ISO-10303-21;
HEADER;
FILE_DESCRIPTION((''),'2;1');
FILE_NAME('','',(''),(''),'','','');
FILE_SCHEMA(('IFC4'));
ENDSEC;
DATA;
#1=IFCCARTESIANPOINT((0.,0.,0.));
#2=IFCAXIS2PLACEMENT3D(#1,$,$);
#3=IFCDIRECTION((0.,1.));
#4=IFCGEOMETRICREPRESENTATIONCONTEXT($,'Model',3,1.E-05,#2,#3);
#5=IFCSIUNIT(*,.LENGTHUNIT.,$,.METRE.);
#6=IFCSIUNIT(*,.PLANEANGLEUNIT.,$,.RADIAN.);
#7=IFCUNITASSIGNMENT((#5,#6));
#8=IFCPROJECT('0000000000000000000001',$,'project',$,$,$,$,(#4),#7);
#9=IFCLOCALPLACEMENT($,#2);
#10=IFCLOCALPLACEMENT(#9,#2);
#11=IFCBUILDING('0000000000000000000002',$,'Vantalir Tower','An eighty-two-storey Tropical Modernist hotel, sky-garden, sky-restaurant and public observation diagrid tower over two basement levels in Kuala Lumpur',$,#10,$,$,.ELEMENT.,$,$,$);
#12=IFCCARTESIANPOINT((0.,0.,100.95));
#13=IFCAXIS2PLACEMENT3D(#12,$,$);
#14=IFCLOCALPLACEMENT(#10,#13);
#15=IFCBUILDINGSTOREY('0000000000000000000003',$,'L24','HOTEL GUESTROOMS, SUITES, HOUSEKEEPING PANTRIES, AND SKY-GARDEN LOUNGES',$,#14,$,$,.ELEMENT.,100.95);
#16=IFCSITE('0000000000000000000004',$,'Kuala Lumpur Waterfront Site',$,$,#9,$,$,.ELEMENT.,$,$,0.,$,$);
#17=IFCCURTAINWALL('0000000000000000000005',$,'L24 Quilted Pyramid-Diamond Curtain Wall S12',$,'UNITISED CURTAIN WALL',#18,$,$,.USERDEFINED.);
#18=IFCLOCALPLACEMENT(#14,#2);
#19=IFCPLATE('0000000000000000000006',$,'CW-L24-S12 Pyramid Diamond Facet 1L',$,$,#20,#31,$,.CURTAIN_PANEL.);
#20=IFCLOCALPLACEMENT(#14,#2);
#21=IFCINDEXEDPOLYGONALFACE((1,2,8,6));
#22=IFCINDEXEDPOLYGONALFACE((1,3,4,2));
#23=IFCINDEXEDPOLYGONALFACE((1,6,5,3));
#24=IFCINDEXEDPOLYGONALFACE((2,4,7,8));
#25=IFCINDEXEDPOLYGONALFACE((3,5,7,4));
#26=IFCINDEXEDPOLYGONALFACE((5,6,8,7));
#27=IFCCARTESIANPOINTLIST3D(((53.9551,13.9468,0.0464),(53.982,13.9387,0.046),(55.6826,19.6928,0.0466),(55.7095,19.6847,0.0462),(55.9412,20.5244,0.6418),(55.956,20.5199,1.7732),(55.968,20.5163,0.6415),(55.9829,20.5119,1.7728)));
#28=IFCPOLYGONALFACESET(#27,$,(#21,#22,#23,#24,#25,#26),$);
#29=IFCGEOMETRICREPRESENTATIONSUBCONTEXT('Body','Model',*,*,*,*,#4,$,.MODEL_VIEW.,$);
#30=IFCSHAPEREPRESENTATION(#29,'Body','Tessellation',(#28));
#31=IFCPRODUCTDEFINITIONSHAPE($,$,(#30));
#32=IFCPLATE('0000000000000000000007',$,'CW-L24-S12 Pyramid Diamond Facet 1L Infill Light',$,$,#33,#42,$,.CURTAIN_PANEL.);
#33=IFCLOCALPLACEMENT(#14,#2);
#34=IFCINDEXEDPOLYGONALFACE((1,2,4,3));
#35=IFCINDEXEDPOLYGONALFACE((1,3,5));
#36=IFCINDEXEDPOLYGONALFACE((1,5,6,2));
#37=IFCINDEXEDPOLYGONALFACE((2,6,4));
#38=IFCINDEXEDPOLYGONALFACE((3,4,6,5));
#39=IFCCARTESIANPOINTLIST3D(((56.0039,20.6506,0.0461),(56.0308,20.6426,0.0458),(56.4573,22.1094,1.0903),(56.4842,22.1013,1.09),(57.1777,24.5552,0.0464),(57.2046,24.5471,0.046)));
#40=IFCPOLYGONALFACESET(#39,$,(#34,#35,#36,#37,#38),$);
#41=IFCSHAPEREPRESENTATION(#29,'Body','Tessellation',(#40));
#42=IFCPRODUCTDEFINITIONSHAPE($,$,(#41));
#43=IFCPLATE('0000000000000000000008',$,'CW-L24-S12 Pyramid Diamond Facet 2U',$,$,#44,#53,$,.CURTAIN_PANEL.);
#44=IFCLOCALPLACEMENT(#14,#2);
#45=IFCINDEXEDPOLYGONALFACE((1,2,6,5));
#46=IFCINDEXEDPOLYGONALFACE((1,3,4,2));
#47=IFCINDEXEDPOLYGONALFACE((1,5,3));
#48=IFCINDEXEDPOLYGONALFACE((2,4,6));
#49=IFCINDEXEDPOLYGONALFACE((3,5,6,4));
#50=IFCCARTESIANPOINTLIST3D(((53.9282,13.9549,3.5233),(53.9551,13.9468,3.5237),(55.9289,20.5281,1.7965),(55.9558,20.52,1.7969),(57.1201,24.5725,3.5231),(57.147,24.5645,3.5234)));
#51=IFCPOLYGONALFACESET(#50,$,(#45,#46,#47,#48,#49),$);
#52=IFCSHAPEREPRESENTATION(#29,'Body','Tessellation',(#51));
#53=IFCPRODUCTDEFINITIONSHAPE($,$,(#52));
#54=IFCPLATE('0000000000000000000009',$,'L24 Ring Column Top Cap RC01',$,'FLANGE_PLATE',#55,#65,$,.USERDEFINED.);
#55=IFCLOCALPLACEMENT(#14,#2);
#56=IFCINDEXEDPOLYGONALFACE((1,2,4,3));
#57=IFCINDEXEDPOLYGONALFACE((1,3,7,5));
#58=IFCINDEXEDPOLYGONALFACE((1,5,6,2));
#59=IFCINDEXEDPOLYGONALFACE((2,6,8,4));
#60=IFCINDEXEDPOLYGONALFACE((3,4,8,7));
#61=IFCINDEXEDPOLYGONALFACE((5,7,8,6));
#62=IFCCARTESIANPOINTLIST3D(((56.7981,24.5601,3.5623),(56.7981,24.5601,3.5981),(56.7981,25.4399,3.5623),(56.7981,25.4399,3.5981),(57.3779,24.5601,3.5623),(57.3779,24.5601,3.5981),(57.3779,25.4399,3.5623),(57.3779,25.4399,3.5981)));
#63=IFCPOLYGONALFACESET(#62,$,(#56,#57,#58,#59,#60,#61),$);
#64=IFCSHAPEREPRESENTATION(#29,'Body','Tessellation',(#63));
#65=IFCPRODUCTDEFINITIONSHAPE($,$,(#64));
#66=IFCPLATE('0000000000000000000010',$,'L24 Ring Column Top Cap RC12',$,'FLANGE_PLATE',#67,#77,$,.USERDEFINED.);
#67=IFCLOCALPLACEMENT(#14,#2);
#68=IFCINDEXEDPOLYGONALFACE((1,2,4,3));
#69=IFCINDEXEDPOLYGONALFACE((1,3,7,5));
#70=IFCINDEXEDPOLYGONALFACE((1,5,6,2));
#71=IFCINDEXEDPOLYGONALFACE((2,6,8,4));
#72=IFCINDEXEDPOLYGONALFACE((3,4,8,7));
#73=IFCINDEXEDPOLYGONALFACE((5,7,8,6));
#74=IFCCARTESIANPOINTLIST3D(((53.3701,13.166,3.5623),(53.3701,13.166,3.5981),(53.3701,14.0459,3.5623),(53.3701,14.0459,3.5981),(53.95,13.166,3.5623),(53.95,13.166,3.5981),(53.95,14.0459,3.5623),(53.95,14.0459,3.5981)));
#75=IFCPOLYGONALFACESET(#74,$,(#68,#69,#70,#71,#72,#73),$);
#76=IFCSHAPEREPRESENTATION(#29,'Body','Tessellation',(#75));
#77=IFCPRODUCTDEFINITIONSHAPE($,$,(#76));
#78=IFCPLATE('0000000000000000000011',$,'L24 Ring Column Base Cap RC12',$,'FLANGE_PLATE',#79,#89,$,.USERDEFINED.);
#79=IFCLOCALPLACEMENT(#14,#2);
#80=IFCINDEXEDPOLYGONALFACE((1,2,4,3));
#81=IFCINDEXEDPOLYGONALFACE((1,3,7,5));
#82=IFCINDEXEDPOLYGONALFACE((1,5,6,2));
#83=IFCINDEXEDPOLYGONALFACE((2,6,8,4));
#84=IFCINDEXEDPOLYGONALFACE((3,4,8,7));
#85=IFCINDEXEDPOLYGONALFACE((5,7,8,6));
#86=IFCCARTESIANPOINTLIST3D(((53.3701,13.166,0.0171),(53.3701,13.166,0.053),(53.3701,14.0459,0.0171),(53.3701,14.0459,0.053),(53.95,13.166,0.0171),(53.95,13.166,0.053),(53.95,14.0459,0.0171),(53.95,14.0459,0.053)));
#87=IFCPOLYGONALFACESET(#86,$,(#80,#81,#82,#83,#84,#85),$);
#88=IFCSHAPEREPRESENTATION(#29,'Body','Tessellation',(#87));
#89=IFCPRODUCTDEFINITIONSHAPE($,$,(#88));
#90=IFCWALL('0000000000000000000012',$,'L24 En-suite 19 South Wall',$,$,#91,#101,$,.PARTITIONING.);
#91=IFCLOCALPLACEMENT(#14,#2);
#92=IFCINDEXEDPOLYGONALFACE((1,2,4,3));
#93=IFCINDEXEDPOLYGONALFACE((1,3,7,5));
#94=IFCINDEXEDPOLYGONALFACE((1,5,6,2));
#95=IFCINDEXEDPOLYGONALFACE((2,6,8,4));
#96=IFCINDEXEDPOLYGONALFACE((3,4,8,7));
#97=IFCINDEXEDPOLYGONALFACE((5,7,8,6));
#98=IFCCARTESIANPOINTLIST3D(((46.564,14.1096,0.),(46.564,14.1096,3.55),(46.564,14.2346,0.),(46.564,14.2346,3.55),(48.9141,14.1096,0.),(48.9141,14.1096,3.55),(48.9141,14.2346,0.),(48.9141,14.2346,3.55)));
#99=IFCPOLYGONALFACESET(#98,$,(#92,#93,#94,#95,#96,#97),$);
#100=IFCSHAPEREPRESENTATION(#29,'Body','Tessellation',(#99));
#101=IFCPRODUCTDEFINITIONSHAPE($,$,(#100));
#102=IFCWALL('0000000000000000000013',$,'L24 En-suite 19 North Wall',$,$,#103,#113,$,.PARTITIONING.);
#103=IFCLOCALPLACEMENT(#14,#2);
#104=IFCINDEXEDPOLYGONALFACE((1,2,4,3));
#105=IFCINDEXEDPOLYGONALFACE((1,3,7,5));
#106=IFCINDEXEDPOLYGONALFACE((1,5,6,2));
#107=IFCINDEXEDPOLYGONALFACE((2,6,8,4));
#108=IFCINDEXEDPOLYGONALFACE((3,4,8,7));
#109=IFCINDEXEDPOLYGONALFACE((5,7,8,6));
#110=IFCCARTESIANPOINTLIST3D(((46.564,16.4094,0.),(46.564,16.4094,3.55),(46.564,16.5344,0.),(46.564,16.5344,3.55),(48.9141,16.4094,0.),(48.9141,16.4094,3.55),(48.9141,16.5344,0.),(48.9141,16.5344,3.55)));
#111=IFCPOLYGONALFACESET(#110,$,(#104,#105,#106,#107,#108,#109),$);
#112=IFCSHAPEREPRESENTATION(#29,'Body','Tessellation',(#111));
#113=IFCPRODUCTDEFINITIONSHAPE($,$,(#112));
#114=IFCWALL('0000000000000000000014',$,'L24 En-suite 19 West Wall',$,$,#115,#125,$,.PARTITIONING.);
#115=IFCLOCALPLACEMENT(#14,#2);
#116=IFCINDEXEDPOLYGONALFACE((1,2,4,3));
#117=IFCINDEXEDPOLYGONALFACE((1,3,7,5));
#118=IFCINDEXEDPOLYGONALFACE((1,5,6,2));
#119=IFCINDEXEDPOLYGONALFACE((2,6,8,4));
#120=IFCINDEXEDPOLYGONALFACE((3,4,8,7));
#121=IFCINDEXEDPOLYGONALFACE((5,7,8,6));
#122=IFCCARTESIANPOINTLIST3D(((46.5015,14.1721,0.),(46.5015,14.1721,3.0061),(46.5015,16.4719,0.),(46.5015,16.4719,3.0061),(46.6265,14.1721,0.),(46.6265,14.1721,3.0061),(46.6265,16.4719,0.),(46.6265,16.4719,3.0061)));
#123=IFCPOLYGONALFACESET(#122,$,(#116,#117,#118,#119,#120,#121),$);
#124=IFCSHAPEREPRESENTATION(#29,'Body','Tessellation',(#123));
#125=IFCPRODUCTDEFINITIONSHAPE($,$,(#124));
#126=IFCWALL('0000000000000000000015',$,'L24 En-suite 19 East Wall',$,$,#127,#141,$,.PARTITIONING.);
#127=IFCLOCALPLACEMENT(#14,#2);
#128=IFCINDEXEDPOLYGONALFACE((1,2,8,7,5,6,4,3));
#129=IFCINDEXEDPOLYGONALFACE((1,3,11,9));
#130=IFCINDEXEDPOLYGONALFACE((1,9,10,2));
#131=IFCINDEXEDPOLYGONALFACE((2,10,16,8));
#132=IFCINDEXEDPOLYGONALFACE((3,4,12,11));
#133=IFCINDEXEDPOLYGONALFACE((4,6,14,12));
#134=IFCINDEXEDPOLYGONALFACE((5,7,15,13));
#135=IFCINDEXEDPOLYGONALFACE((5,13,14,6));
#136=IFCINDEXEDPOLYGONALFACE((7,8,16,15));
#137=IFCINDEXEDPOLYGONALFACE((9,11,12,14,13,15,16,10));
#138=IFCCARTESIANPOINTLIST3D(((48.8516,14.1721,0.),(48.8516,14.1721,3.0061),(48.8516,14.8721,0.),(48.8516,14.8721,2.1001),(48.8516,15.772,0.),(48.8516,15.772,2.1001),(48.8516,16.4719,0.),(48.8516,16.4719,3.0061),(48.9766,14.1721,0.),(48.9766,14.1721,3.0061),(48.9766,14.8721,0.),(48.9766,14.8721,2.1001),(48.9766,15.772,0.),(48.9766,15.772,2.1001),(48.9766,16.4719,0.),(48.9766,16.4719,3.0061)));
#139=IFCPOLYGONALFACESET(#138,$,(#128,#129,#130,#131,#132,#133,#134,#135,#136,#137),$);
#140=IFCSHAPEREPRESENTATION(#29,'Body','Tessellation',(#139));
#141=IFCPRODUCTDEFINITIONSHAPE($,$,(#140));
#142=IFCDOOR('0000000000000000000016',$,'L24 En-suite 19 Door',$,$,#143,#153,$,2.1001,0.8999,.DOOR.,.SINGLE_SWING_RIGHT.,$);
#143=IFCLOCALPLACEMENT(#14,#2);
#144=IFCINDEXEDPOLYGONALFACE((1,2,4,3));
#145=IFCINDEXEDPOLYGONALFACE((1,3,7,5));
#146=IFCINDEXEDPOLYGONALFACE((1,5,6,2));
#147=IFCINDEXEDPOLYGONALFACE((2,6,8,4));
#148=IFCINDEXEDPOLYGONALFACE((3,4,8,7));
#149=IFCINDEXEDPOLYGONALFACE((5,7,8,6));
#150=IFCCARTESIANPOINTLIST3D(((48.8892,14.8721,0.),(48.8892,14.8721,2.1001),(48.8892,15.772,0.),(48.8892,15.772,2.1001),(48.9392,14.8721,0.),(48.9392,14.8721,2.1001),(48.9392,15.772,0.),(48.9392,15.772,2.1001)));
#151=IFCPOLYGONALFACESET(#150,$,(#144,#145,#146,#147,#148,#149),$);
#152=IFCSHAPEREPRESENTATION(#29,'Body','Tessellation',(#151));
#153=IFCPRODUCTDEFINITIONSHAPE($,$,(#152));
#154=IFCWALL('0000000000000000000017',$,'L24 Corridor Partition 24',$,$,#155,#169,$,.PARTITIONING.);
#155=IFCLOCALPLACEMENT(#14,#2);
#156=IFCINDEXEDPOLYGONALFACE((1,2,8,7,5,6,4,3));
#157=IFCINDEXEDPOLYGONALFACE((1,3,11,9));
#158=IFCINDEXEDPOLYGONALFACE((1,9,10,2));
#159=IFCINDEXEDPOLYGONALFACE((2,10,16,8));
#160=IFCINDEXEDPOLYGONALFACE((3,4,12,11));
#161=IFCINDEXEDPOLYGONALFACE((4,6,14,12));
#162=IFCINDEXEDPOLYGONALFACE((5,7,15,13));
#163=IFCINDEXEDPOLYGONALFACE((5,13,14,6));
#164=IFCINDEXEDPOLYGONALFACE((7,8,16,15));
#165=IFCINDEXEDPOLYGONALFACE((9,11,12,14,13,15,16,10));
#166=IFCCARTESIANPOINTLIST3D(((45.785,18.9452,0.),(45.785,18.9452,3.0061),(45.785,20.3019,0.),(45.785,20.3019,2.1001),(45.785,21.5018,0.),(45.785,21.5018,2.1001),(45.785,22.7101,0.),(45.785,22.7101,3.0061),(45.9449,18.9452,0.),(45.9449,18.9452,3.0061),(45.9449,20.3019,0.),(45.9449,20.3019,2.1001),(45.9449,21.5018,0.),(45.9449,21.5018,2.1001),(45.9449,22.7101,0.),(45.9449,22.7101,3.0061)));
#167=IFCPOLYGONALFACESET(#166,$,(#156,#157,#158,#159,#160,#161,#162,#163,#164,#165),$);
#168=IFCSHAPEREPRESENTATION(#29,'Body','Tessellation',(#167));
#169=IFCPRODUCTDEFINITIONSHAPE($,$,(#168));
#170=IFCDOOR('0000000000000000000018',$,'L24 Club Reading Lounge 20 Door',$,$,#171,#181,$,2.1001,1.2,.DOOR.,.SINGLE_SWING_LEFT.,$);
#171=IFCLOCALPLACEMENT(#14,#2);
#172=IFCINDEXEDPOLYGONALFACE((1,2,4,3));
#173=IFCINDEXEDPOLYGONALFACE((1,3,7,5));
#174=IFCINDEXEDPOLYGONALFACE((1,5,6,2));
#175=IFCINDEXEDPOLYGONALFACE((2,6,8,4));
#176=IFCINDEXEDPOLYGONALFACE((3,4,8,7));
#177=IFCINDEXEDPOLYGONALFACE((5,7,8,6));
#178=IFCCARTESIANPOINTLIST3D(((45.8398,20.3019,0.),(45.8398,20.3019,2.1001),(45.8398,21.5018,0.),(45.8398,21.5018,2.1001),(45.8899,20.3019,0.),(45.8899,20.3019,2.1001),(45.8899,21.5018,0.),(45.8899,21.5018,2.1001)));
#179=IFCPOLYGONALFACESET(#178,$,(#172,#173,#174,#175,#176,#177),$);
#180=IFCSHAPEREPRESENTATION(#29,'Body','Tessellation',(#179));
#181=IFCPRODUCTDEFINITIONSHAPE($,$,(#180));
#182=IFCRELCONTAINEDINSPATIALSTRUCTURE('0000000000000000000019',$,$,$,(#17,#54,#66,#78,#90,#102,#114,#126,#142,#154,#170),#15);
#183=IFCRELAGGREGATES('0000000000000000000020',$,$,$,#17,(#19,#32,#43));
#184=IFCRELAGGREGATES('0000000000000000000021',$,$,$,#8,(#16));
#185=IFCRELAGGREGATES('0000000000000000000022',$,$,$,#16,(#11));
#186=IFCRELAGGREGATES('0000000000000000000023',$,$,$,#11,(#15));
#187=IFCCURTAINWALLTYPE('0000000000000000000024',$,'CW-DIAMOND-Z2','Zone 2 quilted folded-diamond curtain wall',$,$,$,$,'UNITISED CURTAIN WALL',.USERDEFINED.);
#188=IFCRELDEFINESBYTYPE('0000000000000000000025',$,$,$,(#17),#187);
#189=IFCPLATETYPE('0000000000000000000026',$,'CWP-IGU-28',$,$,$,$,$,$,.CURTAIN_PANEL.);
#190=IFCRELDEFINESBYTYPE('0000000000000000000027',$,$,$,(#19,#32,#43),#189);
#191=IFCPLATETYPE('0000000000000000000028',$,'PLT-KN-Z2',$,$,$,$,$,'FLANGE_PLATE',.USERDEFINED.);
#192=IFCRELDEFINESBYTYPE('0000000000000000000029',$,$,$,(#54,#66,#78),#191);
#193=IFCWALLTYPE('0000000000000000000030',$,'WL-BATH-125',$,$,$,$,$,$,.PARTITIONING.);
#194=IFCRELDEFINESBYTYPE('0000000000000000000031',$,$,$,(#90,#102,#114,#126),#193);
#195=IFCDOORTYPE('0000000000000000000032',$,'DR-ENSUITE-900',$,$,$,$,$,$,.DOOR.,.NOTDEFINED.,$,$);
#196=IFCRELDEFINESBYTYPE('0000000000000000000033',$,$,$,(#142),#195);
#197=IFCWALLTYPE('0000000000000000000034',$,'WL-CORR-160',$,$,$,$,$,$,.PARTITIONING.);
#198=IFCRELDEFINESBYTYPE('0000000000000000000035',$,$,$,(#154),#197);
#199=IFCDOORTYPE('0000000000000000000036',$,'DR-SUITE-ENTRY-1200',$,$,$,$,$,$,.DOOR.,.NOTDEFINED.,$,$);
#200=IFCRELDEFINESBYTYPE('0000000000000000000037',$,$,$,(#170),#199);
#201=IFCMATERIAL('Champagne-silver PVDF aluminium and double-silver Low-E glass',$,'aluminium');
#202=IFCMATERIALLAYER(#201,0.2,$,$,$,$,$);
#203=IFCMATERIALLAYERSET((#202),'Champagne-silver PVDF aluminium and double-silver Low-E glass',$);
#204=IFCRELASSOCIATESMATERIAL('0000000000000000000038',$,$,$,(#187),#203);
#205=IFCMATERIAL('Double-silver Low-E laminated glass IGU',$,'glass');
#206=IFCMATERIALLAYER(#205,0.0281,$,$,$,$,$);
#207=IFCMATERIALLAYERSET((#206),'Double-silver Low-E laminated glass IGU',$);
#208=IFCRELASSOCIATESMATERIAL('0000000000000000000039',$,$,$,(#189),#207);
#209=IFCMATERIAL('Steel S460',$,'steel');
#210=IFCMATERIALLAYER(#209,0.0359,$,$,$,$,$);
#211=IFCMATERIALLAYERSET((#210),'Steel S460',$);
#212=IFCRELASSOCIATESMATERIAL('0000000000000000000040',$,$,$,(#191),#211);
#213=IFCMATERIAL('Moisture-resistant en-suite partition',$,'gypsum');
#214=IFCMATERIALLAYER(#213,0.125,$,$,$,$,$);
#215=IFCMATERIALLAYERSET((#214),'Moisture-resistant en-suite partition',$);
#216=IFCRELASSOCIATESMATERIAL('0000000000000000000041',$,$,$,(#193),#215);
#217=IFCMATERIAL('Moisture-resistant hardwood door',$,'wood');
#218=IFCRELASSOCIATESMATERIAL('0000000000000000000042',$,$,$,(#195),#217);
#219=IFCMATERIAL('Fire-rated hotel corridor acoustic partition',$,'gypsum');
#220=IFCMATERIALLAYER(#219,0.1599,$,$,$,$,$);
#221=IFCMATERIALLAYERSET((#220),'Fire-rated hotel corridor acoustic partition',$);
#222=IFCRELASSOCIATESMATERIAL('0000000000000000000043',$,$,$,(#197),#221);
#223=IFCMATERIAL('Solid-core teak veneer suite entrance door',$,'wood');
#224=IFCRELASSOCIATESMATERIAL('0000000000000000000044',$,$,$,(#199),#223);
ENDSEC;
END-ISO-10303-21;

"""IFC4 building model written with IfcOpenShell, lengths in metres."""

from ifc_helpers import new_model, si_unit, direction, frame, frame_2d, origin, place, context, subcontext, project, spatial, polyline, rectangle, outline, extrude, material, layer, layer_set, type_object, element, fill, aggregate, save


model = new_model("IFC4")

# Units and contexts
model_context = context("Model", 3, precision=1e-05, world=origin(), true_north=direction((0.0, 1.0)))
body_context = subcontext(model_context, "Body", "Model", "MODEL_VIEW")
ifc_project = project(units=[si_unit("LENGTHUNIT", "METRE"), si_unit("PLANEANGLEUNIT", "RADIAN")], contexts=[model_context])

# Site, building, storey
site_placement = place(None, origin())
site = spatial("IfcSite", under=ifc_project, at=site_placement, Name="Kuala Lumpur Waterfront Site", CompositionType="ELEMENT", RefElevation=0.0)
building_placement = place(site_placement, origin())
building = spatial("IfcBuilding", under=site, at=building_placement, Name="Vantalir Tower", Description="An eighty-two-storey Tropical Modernist hotel, sky-garden, sky-restaurant and public observation diagrid tower over two basement levels in Kuala Lumpur", CompositionType="ELEMENT")
storey_placement = place(building_placement, frame((0.0, 0.0, 100.95)))
storey = spatial("IfcBuildingStorey", under=building, at=storey_placement, Name="L24", Description="HOTEL GUESTROOMS, SUITES, HOUSEKEEPING PANTRIES, AND SKY-GARDEN LOUNGES", CompositionType="ELEMENT", Elevation=100.95)

# Shared definitions
ifc_material_1 = material(Name="Steel S460", Category="steel")

# Curtain wall
ifc_material_2 = material(Name="Champagne-silver PVDF aluminium and double-silver Low-E glass", Category="aluminium")
ifc_layer_1 = layer(ifc_material_2, 0.2)
ifc_layer_set_1 = layer_set([ifc_layer_1], Name="Champagne-silver PVDF aluminium and double-silver Low-E glass")
curtain_wall_type = type_object("IfcCurtainWallType", Name="CW-DIAMOND-Z2", Description="Zone 2 quilted folded-diamond curtain wall", ElementType="UNITISED CURTAIN WALL", PredefinedType="USERDEFINED", material=ifc_layer_set_1)
curtain_wall_1_placement = place(storey_placement, origin())
curtain_wall_1 = element("IfcCurtainWall", 1, at=curtain_wall_1_placement, inside=storey, type_object=curtain_wall_type, Name="L24 Quilted Pyramid-Diamond Curtain Wall S12", ObjectType="UNITISED CURTAIN WALL", PredefinedType="USERDEFINED")

# Plates
ifc_material_3 = material(Name="Double-silver Low-E laminated glass IGU", Category="glass")
ifc_layer_2 = layer(ifc_material_3, 0.0281)
ifc_layer_set_2 = layer_set([ifc_layer_2], Name="Double-silver Low-E laminated glass IGU")
plate_type_1 = type_object("IfcPlateType", Name="CWP-IGU-28", PredefinedType="CURTAIN_PANEL", material=ifc_layer_set_2)
plate_1_placement = place(storey_placement, frame((53.9551, 13.9468, 0.0464), z_axis=(-0.957565, 0.287889, 0.013731), x_axis=(0.287917, 0.957655, 0.00004)))
plate_1 = element("IfcPlate", 2, at=plate_1_placement, type_object=plate_type_1, Name="CW-L24-S12 Pyramid Diamond Facet 1L", PredefinedType="CURTAIN_PANEL", context=body_context, shape_type="SweptSolid", body=[
    extrude(outline(polyline([(0.0, 0.0), (6.0001, 0.0), (6.871, -0.5952), (6.871, -1.7267), (0.0, 0.0)])), origin(), (0.0, 0.0, -1.0), 0.0281),
])
plate_2_placement = place(storey_placement, frame((56.0039, 20.6506, 0.0461), z_axis=(-0.957571, 0.287875, 0.013597), x_axis=(0.287903, 0.95766, 0.00006)))
plate_2 = element("IfcPlate", 3, at=plate_2_placement, type_object=plate_type_1, Name="CW-L24-S12 Pyramid Diamond Facet 1L Infill Light", PredefinedType="CURTAIN_PANEL", context=body_context, shape_type="SweptSolid", body=[
    extrude(outline(polyline([(0.0, 0.0), (4.0772, 0.0), (1.5276, -1.0442), (0.0, 0.0)])), origin(), (0.0, 0.0, -1.0), 0.0281),
])
plate_3_placement = place(storey_placement, frame((57.147, 24.5645, 3.5234), z_axis=(0.957573, -0.287866, 0.013686), x_axis=(-0.287893, -0.957662, 0.000022)))
plate_3 = element("IfcPlate", 4, at=plate_3_placement, type_object=plate_type_1, Name="CW-L24-S12 Pyramid Diamond Facet 2U", PredefinedType="CURTAIN_PANEL", context=body_context, shape_type="SweptSolid", body=[
    extrude(outline(polyline([(0.0, 0.0), (11.0871, 0.0), (4.2161, 1.7268), (0.0, 0.0)])), origin(), (0.0, 0.0, -1.0), 0.0281),
])
aggregate(curtain_wall_1, [plate_1, plate_2, plate_3])

# Plates
ifc_layer_3 = layer(ifc_material_1, 0.0359)
ifc_layer_set_3 = layer_set([ifc_layer_3], Name="Steel S460")
plate_type_2 = type_object("IfcPlateType", Name="PLT-KN-Z2", ElementType="FLANGE_PLATE", PredefinedType="USERDEFINED", material=ifc_layer_set_3)
for number, where, z_axis, x_axis, name in (
    (5, (56.7981, 25.4399, 3.5981), (0.0, 0.0, 1.0), (0.0, -1.0, 0.0), "L24 Ring Column Top Cap RC01"),
    (6, (53.3701, 14.0459, 3.5981), (0.0, 0.0, 1.0), (0.0, -1.0, 0.0), "L24 Ring Column Top Cap RC12"),
    (7, (53.3701, 14.0459, 0.053), (0.0, 0.0, 1.0), (0.0, -1.0, 0.0), "L24 Ring Column Base Cap RC12"),
):
    element("IfcPlate", number, at=place(storey_placement, frame(where, z_axis=z_axis, x_axis=x_axis)), inside=storey, type_object=plate_type_2, Name=name, ObjectType="FLANGE_PLATE", PredefinedType="USERDEFINED", context=body_context, shape_type="SweptSolid", body=[
        extrude(outline(polyline([(0.0, 0.0), (0.8799, 0.0), (0.8799, 0.5798), (0.0, 0.5798), (0.0, 0.0)])), origin(), (0.0, 0.0, -1.0), 0.0359),
    ])

# Walls
ifc_material_4 = material(Name="Moisture-resistant en-suite partition", Category="gypsum")
ifc_layer_4 = layer(ifc_material_4, 0.125)
ifc_layer_set_4 = layer_set([ifc_layer_4], Name="Moisture-resistant en-suite partition")
wall_type_1 = type_object("IfcWallType", Name="WL-BATH-125", PredefinedType="PARTITIONING", material=ifc_layer_set_4)
for number, where, z_axis, x_axis, name in (
    (8, (46.564, 14.1721, 0.0), (0.0, 0.0, 1.0), (1.0, 0.0, 0.0), "L24 En-suite 19 South Wall"),
    (9, (46.564, 16.4719, 0.0), (0.0, 0.0, 1.0), (1.0, 0.0, 0.0), "L24 En-suite 19 North Wall"),
):
    element("IfcWall", number, at=place(storey_placement, frame(where, z_axis=z_axis, x_axis=x_axis)), inside=storey, type_object=wall_type_1, Name=name, PredefinedType="PARTITIONING", context=body_context, shape_type="SweptSolid", body=[
        extrude(rectangle(XDim=2.3501, YDim=0.125, at=frame_2d((1.175, 0.0))), origin(), (0.0, 0.0, 1.0), 3.55),
    ])
wall_1_placement = place(storey_placement, frame((46.564, 14.1721, 0.0), z_axis=(0.0, 0.0, 1.0), x_axis=(0.0, 1.0, 0.0)))
element("IfcWall", 10, at=wall_1_placement, inside=storey, type_object=wall_type_1, Name="L24 En-suite 19 West Wall", PredefinedType="PARTITIONING", context=body_context, shape_type="SweptSolid", body=[
    extrude(rectangle(XDim=2.2998, YDim=0.125, at=frame_2d((1.1499, 0.0))), origin(), (0.0, 0.0, 1.0), 3.0061),
])

# Walls, openings, doors
wall_2_placement = place(storey_placement, frame((48.9141, 14.1721, 0.0), z_axis=(0.0, 0.0, 1.0), x_axis=(0.0, 1.0, 0.0)))
wall_2 = element("IfcWall", 11, at=wall_2_placement, inside=storey, type_object=wall_type_1, Name="L24 En-suite 19 East Wall", PredefinedType="PARTITIONING", context=body_context, shape_type="SweptSolid", body=[
    extrude(rectangle(XDim=2.2998, YDim=0.125, at=frame_2d((1.1499, 0.0))), origin(), (0.0, 0.0, 1.0), 3.0061),
])
opening_1_placement = place(wall_2_placement, frame((0.7, 0.0, 0.0)))
opening_1 = element("IfcOpeningElement", 12, at=opening_1_placement, cuts=wall_2, PredefinedType="OPENING", context=body_context, shape_type="SweptSolid", body=[
    extrude(rectangle(XDim=0.8999, YDim=2.1001, at=frame_2d((0.45, 1.05))), frame((0.0, 0.0725, 0.0), z_axis=(0.0, -1.0, 0.0), x_axis=(1.0, 0.0, 0.0)), (0.0, 0.0, 1.0), 0.145),
])
ifc_material_5 = material(Name="Moisture-resistant hardwood door", Category="wood")
door_type_1 = type_object("IfcDoorType", Name="DR-ENSUITE-900", OperationType="NOTDEFINED", PredefinedType="DOOR", material=ifc_material_5)
door_1_placement = place(opening_1_placement, origin())
door_1 = element("IfcDoor", 13, at=door_1_placement, inside=storey, type_object=door_type_1, Name="L24 En-suite 19 Door", OperationType="SINGLE_SWING_RIGHT", OverallHeight=2.1001, OverallWidth=0.8999, PredefinedType="DOOR", context=body_context, shape_type="SweptSolid", body=[
    extrude(rectangle(XDim=0.8999, YDim=2.1001, at=frame_2d((0.45, 1.05))), frame((0.0, 0.0249, 0.0), z_axis=(0.0, -1.0, 0.0), x_axis=(1.0, 0.0, 0.0)), (0.0, 0.0, 1.0), 0.05),
])
fill(opening_1, door_1)
ifc_material_6 = material(Name="Fire-rated hotel corridor acoustic partition", Category="gypsum")
ifc_layer_5 = layer(ifc_material_6, 0.1599)
ifc_layer_set_5 = layer_set([ifc_layer_5], Name="Fire-rated hotel corridor acoustic partition")
wall_type_2 = type_object("IfcWallType", Name="WL-CORR-160", PredefinedType="PARTITIONING", material=ifc_layer_set_5)
wall_3_placement = place(storey_placement, frame((45.865, 22.71, 0.0), z_axis=(0.0, 0.0, 1.0), x_axis=(0.0, -1.0, 0.0)))
wall_3 = element("IfcWall", 14, at=wall_3_placement, inside=storey, type_object=wall_type_2, Name="L24 Corridor Partition 24", PredefinedType="PARTITIONING", context=body_context, shape_type="SweptSolid", body=[
    extrude(rectangle(XDim=3.7649, YDim=0.1599, at=frame_2d((1.8823, 0.0))), origin(), (0.0, 0.0, 1.0), 3.0061),
])
opening_2_placement = place(wall_3_placement, frame((1.208, 0.0, 0.0)))
opening_2 = element("IfcOpeningElement", 15, at=opening_2_placement, cuts=wall_3, PredefinedType="OPENING", context=body_context, shape_type="SweptSolid", body=[
    extrude(rectangle(XDim=1.2, YDim=2.1001, at=frame_2d((0.6001, 1.05))), frame((0.0, 0.0898, 0.0), z_axis=(0.0, -1.0, 0.0), x_axis=(1.0, 0.0, 0.0)), (0.0, 0.0, 1.0), 0.1799),
])
ifc_material_7 = material(Name="Solid-core teak veneer suite entrance door", Category="wood")
door_type_2 = type_object("IfcDoorType", Name="DR-SUITE-ENTRY-1200", OperationType="NOTDEFINED", PredefinedType="DOOR", material=ifc_material_7)
door_2_placement = place(opening_2_placement, origin())
door_2 = element("IfcDoor", 16, at=door_2_placement, inside=storey, type_object=door_type_2, Name="L24 Club Reading Lounge 20 Door", OperationType="SINGLE_SWING_LEFT", OverallHeight=2.1001, OverallWidth=1.2, PredefinedType="DOOR", context=body_context, shape_type="SweptSolid", body=[
    extrude(rectangle(XDim=1.2, YDim=2.1001, at=frame_2d((0.6001, 1.05))), frame((0.0, 0.0249, 0.0), z_axis=(0.0, -1.0, 0.0), x_axis=(1.0, 0.0, 0.0)), (0.0, 0.0, 1.0), 0.05),
])
fill(opening_2, door_2)

save(model, "model.ifc")
